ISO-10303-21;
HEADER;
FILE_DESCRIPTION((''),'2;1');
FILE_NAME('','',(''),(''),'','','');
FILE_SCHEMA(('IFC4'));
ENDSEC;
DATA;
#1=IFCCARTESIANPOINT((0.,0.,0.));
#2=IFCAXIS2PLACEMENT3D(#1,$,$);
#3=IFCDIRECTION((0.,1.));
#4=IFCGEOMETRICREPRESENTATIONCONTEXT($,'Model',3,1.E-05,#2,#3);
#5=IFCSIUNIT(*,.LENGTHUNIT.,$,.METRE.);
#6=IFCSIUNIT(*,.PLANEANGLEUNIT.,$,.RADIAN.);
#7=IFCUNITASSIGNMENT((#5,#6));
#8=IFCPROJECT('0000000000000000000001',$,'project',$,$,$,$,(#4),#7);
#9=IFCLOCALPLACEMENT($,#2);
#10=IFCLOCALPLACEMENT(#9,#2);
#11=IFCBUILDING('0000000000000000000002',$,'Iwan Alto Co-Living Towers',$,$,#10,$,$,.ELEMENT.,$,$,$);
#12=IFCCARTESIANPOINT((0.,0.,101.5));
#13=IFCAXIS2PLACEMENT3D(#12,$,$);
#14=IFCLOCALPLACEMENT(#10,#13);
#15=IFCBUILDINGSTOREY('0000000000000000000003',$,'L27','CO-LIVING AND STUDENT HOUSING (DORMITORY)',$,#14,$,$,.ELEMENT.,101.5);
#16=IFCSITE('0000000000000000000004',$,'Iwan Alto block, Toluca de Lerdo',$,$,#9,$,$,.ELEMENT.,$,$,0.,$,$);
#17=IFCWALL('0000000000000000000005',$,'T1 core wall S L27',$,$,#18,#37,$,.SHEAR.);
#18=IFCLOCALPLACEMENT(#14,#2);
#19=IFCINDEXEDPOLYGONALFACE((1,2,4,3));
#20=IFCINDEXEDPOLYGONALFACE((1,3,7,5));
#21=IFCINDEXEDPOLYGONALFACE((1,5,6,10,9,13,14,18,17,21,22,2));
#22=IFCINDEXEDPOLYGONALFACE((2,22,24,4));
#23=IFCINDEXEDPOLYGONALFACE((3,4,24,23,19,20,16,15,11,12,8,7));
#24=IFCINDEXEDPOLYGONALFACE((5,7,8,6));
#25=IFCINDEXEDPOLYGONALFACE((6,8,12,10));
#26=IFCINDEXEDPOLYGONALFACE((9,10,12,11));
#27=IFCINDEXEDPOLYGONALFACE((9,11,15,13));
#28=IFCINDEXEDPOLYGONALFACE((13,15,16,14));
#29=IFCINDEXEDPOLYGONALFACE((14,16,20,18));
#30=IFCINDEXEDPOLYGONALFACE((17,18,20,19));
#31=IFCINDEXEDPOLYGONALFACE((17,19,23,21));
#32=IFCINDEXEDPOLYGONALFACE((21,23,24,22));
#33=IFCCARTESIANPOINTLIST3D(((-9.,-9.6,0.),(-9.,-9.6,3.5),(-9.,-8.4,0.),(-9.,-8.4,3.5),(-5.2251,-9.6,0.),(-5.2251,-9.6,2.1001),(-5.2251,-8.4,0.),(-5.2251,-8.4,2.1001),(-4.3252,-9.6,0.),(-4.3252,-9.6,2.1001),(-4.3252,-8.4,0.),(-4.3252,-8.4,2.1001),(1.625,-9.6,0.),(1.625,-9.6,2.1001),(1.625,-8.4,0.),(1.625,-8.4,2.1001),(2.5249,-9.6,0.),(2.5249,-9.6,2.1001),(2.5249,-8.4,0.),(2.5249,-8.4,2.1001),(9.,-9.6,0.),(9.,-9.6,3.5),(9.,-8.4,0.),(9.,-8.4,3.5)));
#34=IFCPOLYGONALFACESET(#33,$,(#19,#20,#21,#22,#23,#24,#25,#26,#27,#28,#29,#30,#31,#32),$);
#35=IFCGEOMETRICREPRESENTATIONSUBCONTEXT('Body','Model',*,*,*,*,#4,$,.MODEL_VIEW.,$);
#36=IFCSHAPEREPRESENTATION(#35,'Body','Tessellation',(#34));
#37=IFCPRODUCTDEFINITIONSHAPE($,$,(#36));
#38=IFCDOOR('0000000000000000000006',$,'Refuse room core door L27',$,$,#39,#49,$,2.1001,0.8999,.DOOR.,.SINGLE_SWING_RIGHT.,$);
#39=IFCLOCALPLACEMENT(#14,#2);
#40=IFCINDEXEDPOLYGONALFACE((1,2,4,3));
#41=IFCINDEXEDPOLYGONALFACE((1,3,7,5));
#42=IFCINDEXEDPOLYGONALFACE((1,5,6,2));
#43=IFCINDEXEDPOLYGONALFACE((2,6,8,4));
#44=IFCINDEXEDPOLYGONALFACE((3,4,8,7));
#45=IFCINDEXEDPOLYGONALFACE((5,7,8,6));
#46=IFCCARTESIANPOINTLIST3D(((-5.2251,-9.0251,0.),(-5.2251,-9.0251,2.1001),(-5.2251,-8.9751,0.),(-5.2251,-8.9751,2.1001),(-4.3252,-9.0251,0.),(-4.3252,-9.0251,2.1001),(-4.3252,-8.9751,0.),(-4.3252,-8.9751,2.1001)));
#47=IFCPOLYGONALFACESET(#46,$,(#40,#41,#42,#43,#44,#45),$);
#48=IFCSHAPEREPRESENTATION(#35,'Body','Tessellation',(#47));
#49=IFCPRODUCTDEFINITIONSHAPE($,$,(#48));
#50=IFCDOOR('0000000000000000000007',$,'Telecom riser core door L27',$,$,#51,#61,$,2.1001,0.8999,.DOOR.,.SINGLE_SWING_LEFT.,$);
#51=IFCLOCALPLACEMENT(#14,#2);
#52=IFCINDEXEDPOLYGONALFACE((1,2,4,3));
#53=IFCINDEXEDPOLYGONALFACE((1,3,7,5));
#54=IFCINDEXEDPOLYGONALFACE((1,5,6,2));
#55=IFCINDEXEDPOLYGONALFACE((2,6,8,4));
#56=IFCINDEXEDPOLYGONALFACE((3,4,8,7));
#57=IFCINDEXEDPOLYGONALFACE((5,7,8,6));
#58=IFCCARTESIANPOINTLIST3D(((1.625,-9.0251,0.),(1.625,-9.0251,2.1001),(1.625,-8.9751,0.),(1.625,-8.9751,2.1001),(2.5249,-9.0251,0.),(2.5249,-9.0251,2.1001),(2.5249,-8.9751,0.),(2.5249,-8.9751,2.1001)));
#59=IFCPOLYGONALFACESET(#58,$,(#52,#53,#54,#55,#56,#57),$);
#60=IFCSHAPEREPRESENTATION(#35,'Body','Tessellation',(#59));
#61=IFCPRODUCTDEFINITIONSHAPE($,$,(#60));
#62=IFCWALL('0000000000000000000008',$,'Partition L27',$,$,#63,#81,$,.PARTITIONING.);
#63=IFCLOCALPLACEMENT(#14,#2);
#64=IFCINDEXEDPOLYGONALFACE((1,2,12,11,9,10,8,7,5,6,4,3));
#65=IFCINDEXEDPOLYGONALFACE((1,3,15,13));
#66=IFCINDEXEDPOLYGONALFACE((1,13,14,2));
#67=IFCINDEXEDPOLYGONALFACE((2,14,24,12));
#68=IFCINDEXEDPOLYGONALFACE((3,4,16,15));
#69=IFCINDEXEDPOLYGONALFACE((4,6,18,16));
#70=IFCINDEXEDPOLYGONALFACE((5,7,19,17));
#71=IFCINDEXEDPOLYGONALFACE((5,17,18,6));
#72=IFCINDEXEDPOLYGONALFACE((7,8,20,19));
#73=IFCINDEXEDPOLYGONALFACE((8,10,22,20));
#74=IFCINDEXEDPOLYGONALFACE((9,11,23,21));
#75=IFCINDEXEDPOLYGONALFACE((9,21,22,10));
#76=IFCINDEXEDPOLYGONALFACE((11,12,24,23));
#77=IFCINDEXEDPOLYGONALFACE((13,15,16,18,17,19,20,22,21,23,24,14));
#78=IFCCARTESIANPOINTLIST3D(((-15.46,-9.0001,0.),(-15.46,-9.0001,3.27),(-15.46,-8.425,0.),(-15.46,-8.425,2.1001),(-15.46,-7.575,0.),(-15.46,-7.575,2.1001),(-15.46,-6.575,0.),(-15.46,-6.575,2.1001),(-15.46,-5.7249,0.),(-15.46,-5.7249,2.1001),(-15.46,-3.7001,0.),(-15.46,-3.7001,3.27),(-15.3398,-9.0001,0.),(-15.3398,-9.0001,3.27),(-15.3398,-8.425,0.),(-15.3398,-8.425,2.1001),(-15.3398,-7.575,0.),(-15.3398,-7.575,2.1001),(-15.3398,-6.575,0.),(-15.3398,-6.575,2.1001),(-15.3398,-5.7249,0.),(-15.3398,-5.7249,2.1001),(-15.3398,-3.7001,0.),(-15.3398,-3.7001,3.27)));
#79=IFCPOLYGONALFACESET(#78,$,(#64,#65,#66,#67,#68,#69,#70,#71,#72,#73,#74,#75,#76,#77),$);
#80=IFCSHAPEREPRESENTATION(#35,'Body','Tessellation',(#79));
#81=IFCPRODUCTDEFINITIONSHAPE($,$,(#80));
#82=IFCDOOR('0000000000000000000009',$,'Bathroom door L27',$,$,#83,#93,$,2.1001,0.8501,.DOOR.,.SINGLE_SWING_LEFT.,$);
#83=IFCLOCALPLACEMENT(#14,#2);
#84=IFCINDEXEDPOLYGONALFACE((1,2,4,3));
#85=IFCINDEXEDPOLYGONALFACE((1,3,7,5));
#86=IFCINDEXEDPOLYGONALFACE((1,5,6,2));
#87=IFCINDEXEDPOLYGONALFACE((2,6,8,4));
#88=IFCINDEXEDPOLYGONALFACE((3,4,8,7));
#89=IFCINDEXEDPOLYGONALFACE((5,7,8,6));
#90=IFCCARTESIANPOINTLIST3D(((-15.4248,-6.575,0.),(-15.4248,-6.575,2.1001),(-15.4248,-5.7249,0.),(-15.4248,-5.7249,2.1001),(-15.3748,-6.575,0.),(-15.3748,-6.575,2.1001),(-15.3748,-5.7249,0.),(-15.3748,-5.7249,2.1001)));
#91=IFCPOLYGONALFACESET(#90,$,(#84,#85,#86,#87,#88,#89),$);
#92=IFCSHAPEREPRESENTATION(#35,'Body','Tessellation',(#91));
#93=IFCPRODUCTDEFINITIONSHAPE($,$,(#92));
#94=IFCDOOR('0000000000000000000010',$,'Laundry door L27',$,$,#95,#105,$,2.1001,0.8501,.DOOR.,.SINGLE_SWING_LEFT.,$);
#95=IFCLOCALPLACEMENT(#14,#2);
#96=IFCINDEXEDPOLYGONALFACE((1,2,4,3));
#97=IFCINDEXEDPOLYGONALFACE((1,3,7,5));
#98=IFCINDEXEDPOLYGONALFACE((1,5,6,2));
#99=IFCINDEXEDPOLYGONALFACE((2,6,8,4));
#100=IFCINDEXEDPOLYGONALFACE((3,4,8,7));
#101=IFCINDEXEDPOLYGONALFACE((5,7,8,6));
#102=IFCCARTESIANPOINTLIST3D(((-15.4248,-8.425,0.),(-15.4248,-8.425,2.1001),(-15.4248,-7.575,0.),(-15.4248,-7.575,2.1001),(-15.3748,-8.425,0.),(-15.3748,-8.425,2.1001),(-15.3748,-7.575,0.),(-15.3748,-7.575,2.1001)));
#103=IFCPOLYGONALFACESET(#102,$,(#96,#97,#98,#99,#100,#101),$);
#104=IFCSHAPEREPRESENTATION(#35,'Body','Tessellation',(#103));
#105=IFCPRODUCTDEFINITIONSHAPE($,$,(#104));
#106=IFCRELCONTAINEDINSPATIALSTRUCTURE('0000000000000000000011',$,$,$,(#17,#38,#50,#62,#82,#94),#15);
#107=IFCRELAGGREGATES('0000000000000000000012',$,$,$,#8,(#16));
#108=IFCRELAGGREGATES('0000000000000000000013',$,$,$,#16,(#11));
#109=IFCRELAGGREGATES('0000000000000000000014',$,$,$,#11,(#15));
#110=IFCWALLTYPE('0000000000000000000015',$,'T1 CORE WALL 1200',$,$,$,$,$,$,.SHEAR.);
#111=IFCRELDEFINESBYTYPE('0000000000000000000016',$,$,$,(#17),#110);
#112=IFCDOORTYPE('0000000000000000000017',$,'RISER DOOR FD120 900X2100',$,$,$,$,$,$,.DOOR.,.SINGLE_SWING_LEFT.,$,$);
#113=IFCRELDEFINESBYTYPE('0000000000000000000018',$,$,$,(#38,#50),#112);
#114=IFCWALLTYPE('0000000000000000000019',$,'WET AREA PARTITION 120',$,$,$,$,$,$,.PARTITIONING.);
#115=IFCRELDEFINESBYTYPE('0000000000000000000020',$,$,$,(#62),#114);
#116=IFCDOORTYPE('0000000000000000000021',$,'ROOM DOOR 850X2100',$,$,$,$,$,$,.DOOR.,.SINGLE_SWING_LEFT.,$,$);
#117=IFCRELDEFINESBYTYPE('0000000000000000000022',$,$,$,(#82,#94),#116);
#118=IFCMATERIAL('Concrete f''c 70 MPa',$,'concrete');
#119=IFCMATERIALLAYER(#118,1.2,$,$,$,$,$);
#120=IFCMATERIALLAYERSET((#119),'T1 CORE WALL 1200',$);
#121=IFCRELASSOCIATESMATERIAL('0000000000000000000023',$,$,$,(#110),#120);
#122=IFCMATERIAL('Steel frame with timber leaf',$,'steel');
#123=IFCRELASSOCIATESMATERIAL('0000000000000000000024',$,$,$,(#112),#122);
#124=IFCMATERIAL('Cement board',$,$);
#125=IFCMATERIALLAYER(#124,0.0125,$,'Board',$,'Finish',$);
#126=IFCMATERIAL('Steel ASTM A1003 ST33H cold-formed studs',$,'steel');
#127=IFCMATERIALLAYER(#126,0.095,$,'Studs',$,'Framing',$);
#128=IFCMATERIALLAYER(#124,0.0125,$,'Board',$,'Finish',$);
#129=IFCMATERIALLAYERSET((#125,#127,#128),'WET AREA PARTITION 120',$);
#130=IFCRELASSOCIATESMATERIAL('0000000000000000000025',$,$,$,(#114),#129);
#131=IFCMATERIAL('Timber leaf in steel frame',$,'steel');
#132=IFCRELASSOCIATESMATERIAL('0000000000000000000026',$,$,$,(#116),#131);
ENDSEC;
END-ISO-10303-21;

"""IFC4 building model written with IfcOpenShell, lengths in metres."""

from ifc_helpers import new_model, si_unit, direction, frame, frame_2d, origin, place, context, subcontext, project, spatial, rectangle, extrude, material, layer, layer_set, type_object, element, fill, save


model = new_model("IFC4")

# Units and contexts
model_context = context("Model", 3, precision=1e-05, world=origin(), true_north=direction((0.0, 1.0)))
body_context = subcontext(model_context, "Body", "Model", "MODEL_VIEW")
ifc_project = project(units=[si_unit("LENGTHUNIT", "METRE"), si_unit("PLANEANGLEUNIT", "RADIAN")], contexts=[model_context])

# Site, building, storey
site_placement = place(None, origin())
site = spatial("IfcSite", under=ifc_project, at=site_placement, Name="Iwan Alto block, Toluca de Lerdo", CompositionType="ELEMENT", RefElevation=0.0)
building_placement = place(site_placement, origin())
building = spatial("IfcBuilding", under=site, at=building_placement, Name="Iwan Alto Co-Living Towers", CompositionType="ELEMENT")
storey_placement = place(building_placement, frame((0.0, 0.0, 101.5)))
storey = spatial("IfcBuildingStorey", under=building, at=storey_placement, Name="L27", Description="CO-LIVING AND STUDENT HOUSING (DORMITORY)", CompositionType="ELEMENT", Elevation=101.5)

# Shared definitions
ifc_material_1 = material(Name="Steel ASTM A1003 ST33H cold-formed studs", Category="steel")

# Walls, openings, doors
ifc_material_2 = material(Name="Concrete f'c 70 MPa", Category="concrete")
ifc_layer_1 = layer(ifc_material_2, 1.2)
ifc_layer_set_1 = layer_set([ifc_layer_1], Name="T1 CORE WALL 1200")
wall_type_1 = type_object("IfcWallType", Name="T1 CORE WALL 1200", PredefinedType="SHEAR", material=ifc_layer_set_1)
wall_1_placement = place(storey_placement, frame((-9.0, -9.0, 0.0), z_axis=(0.0, 0.0, 1.0), x_axis=(1.0, 0.0, 0.0)))
wall_1 = element("IfcWall", 1, at=wall_1_placement, inside=storey, type_object=wall_type_1, Name="T1 core wall S L27", PredefinedType="SHEAR", context=body_context, shape_type="SweptSolid", body=[
    extrude(rectangle(XDim=18.0, YDim=1.2, at=frame_2d((9.0, 0.0))), origin(), (0.0, 0.0, 1.0), 3.5),
])
opening_1_placement = place(wall_1_placement, frame((3.7749, 0.0, 0.0)))
opening_1 = element("IfcOpeningElement", 2, at=opening_1_placement, cuts=wall_1, PredefinedType="OPENING", context=body_context, shape_type="SweptSolid", body=[
    extrude(rectangle(XDim=0.8999, YDim=2.1001, at=frame_2d((0.45, 1.05))), frame((0.0, 0.6099, 0.0), z_axis=(0.0, -1.0, 0.0), x_axis=(1.0, 0.0, 0.0)), (0.0, 0.0, 1.0), 1.22),
])
opening_2_placement = place(wall_1_placement, frame((10.625, 0.0, 0.0)))
opening_2 = element("IfcOpeningElement", 3, at=opening_2_placement, cuts=wall_1, PredefinedType="OPENING", context=body_context, shape_type="SweptSolid", body=[
    extrude(rectangle(XDim=0.8999, YDim=2.1001, at=frame_2d((0.45, 1.05))), frame((0.0, 0.6099, 0.0), z_axis=(0.0, -1.0, 0.0), x_axis=(1.0, 0.0, 0.0)), (0.0, 0.0, 1.0), 1.22),
])
ifc_material_3 = material(Name="Steel frame with timber leaf", Category="steel")
door_type_1 = type_object("IfcDoorType", Name="RISER DOOR FD120 900X2100", OperationType="SINGLE_SWING_LEFT", PredefinedType="DOOR", material=ifc_material_3)
door_1_placement = place(opening_1_placement, origin())
door_1 = element("IfcDoor", 4, at=door_1_placement, inside=storey, type_object=door_type_1, Name="Refuse room core door L27", OperationType="SINGLE_SWING_RIGHT", OverallHeight=2.1001, OverallWidth=0.8999, PredefinedType="DOOR", context=body_context, shape_type="SweptSolid", body=[
    extrude(rectangle(XDim=0.8999, YDim=2.1001, at=frame_2d((0.45, 1.05))), frame((0.0, 0.0249, 0.0), z_axis=(0.0, -1.0, 0.0), x_axis=(1.0, 0.0, 0.0)), (0.0, 0.0, 1.0), 0.05),
])
fill(opening_1, door_1)
door_2_placement = place(opening_2_placement, origin())
door_2 = element("IfcDoor", 5, at=door_2_placement, inside=storey, type_object=door_type_1, Name="Telecom riser core door L27", OperationType="SINGLE_SWING_LEFT", OverallHeight=2.1001, OverallWidth=0.8999, PredefinedType="DOOR", context=body_context, shape_type="SweptSolid", body=[
    extrude(rectangle(XDim=0.8999, YDim=2.1001, at=frame_2d((0.45, 1.05))), frame((0.0, 0.0249, 0.0), z_axis=(0.0, -1.0, 0.0), x_axis=(1.0, 0.0, 0.0)), (0.0, 0.0, 1.0), 0.05),
])
fill(opening_2, door_2)
ifc_material_4 = material(Name="Cement board")
ifc_layer_2 = layer(ifc_material_4, 0.0125, Name="Board", Category="Finish")
ifc_layer_3 = layer(ifc_material_1, 0.095, Name="Studs", Category="Framing")
ifc_layer_4 = layer(ifc_material_4, 0.0125, Name="Board", Category="Finish")
ifc_layer_set_2 = layer_set([ifc_layer_2, ifc_layer_3, ifc_layer_4], Name="WET AREA PARTITION 120")
wall_type_2 = type_object("IfcWallType", Name="WET AREA PARTITION 120", PredefinedType="PARTITIONING", material=ifc_layer_set_2)
wall_2_placement = place(storey_placement, frame((-15.3999, -9.0, 0.0), z_axis=(0.0, 0.0, 1.0), x_axis=(0.0, 1.0, 0.0)))
wall_2 = element("IfcWall", 6, at=wall_2_placement, inside=storey, type_object=wall_type_2, Name="Partition L27", PredefinedType="PARTITIONING", context=body_context, shape_type="SweptSolid", body=[
    extrude(rectangle(XDim=5.3, YDim=0.1201, at=frame_2d((2.6499, 0.0))), origin(), (0.0, 0.0, 1.0), 3.27),
])
opening_3_placement = place(wall_2_placement, frame((2.425, 0.0, 0.0)))
opening_3 = element("IfcOpeningElement", 7, at=opening_3_placement, cuts=wall_2, PredefinedType="OPENING", context=body_context, shape_type="SweptSolid", body=[
    extrude(rectangle(XDim=0.8501, YDim=2.1001, at=frame_2d((0.425, 1.05))), frame((0.0, 0.0701, 0.0), z_axis=(0.0, -1.0, 0.0), x_axis=(1.0, 0.0, 0.0)), (0.0, 0.0, 1.0), 0.1401),
])
opening_4_placement = place(wall_2_placement, frame((0.575, 0.0, 0.0)))
opening_4 = element("IfcOpeningElement", 8, at=opening_4_placement, cuts=wall_2, PredefinedType="OPENING", context=body_context, shape_type="SweptSolid", body=[
    extrude(rectangle(XDim=0.8501, YDim=2.1001, at=frame_2d((0.425, 1.05))), frame((0.0, 0.0701, 0.0), z_axis=(0.0, -1.0, 0.0), x_axis=(1.0, 0.0, 0.0)), (0.0, 0.0, 1.0), 0.1401),
])
ifc_material_5 = material(Name="Timber leaf in steel frame", Category="steel")
door_type_2 = type_object("IfcDoorType", Name="ROOM DOOR 850X2100", OperationType="SINGLE_SWING_LEFT", PredefinedType="DOOR", material=ifc_material_5)
door_3_placement = place(opening_3_placement, origin())
door_3 = element("IfcDoor", 9, at=door_3_placement, inside=storey, type_object=door_type_2, Name="Bathroom door L27", OperationType="SINGLE_SWING_LEFT", OverallHeight=2.1001, OverallWidth=0.8501, PredefinedType="DOOR", context=body_context, shape_type="SweptSolid", body=[
    extrude(rectangle(XDim=0.8501, YDim=2.1001, at=frame_2d((0.425, 1.05))), frame((0.0, 0.0249, 0.0), z_axis=(0.0, -1.0, 0.0), x_axis=(1.0, 0.0, 0.0)), (0.0, 0.0, 1.0), 0.05),
])
fill(opening_3, door_3)
door_4_placement = place(opening_4_placement, origin())
door_4 = element("IfcDoor", 10, at=door_4_placement, inside=storey, type_object=door_type_2, Name="Laundry door L27", OperationType="SINGLE_SWING_LEFT", OverallHeight=2.1001, OverallWidth=0.8501, PredefinedType="DOOR", context=body_context, shape_type="SweptSolid", body=[
    extrude(rectangle(XDim=0.8501, YDim=2.1001, at=frame_2d((0.425, 1.05))), frame((0.0, 0.0249, 0.0), z_axis=(0.0, -1.0, 0.0), x_axis=(1.0, 0.0, 0.0)), (0.0, 0.0, 1.0), 0.05),
])
fill(opening_4, door_4)

save(model, "model.ifc")
